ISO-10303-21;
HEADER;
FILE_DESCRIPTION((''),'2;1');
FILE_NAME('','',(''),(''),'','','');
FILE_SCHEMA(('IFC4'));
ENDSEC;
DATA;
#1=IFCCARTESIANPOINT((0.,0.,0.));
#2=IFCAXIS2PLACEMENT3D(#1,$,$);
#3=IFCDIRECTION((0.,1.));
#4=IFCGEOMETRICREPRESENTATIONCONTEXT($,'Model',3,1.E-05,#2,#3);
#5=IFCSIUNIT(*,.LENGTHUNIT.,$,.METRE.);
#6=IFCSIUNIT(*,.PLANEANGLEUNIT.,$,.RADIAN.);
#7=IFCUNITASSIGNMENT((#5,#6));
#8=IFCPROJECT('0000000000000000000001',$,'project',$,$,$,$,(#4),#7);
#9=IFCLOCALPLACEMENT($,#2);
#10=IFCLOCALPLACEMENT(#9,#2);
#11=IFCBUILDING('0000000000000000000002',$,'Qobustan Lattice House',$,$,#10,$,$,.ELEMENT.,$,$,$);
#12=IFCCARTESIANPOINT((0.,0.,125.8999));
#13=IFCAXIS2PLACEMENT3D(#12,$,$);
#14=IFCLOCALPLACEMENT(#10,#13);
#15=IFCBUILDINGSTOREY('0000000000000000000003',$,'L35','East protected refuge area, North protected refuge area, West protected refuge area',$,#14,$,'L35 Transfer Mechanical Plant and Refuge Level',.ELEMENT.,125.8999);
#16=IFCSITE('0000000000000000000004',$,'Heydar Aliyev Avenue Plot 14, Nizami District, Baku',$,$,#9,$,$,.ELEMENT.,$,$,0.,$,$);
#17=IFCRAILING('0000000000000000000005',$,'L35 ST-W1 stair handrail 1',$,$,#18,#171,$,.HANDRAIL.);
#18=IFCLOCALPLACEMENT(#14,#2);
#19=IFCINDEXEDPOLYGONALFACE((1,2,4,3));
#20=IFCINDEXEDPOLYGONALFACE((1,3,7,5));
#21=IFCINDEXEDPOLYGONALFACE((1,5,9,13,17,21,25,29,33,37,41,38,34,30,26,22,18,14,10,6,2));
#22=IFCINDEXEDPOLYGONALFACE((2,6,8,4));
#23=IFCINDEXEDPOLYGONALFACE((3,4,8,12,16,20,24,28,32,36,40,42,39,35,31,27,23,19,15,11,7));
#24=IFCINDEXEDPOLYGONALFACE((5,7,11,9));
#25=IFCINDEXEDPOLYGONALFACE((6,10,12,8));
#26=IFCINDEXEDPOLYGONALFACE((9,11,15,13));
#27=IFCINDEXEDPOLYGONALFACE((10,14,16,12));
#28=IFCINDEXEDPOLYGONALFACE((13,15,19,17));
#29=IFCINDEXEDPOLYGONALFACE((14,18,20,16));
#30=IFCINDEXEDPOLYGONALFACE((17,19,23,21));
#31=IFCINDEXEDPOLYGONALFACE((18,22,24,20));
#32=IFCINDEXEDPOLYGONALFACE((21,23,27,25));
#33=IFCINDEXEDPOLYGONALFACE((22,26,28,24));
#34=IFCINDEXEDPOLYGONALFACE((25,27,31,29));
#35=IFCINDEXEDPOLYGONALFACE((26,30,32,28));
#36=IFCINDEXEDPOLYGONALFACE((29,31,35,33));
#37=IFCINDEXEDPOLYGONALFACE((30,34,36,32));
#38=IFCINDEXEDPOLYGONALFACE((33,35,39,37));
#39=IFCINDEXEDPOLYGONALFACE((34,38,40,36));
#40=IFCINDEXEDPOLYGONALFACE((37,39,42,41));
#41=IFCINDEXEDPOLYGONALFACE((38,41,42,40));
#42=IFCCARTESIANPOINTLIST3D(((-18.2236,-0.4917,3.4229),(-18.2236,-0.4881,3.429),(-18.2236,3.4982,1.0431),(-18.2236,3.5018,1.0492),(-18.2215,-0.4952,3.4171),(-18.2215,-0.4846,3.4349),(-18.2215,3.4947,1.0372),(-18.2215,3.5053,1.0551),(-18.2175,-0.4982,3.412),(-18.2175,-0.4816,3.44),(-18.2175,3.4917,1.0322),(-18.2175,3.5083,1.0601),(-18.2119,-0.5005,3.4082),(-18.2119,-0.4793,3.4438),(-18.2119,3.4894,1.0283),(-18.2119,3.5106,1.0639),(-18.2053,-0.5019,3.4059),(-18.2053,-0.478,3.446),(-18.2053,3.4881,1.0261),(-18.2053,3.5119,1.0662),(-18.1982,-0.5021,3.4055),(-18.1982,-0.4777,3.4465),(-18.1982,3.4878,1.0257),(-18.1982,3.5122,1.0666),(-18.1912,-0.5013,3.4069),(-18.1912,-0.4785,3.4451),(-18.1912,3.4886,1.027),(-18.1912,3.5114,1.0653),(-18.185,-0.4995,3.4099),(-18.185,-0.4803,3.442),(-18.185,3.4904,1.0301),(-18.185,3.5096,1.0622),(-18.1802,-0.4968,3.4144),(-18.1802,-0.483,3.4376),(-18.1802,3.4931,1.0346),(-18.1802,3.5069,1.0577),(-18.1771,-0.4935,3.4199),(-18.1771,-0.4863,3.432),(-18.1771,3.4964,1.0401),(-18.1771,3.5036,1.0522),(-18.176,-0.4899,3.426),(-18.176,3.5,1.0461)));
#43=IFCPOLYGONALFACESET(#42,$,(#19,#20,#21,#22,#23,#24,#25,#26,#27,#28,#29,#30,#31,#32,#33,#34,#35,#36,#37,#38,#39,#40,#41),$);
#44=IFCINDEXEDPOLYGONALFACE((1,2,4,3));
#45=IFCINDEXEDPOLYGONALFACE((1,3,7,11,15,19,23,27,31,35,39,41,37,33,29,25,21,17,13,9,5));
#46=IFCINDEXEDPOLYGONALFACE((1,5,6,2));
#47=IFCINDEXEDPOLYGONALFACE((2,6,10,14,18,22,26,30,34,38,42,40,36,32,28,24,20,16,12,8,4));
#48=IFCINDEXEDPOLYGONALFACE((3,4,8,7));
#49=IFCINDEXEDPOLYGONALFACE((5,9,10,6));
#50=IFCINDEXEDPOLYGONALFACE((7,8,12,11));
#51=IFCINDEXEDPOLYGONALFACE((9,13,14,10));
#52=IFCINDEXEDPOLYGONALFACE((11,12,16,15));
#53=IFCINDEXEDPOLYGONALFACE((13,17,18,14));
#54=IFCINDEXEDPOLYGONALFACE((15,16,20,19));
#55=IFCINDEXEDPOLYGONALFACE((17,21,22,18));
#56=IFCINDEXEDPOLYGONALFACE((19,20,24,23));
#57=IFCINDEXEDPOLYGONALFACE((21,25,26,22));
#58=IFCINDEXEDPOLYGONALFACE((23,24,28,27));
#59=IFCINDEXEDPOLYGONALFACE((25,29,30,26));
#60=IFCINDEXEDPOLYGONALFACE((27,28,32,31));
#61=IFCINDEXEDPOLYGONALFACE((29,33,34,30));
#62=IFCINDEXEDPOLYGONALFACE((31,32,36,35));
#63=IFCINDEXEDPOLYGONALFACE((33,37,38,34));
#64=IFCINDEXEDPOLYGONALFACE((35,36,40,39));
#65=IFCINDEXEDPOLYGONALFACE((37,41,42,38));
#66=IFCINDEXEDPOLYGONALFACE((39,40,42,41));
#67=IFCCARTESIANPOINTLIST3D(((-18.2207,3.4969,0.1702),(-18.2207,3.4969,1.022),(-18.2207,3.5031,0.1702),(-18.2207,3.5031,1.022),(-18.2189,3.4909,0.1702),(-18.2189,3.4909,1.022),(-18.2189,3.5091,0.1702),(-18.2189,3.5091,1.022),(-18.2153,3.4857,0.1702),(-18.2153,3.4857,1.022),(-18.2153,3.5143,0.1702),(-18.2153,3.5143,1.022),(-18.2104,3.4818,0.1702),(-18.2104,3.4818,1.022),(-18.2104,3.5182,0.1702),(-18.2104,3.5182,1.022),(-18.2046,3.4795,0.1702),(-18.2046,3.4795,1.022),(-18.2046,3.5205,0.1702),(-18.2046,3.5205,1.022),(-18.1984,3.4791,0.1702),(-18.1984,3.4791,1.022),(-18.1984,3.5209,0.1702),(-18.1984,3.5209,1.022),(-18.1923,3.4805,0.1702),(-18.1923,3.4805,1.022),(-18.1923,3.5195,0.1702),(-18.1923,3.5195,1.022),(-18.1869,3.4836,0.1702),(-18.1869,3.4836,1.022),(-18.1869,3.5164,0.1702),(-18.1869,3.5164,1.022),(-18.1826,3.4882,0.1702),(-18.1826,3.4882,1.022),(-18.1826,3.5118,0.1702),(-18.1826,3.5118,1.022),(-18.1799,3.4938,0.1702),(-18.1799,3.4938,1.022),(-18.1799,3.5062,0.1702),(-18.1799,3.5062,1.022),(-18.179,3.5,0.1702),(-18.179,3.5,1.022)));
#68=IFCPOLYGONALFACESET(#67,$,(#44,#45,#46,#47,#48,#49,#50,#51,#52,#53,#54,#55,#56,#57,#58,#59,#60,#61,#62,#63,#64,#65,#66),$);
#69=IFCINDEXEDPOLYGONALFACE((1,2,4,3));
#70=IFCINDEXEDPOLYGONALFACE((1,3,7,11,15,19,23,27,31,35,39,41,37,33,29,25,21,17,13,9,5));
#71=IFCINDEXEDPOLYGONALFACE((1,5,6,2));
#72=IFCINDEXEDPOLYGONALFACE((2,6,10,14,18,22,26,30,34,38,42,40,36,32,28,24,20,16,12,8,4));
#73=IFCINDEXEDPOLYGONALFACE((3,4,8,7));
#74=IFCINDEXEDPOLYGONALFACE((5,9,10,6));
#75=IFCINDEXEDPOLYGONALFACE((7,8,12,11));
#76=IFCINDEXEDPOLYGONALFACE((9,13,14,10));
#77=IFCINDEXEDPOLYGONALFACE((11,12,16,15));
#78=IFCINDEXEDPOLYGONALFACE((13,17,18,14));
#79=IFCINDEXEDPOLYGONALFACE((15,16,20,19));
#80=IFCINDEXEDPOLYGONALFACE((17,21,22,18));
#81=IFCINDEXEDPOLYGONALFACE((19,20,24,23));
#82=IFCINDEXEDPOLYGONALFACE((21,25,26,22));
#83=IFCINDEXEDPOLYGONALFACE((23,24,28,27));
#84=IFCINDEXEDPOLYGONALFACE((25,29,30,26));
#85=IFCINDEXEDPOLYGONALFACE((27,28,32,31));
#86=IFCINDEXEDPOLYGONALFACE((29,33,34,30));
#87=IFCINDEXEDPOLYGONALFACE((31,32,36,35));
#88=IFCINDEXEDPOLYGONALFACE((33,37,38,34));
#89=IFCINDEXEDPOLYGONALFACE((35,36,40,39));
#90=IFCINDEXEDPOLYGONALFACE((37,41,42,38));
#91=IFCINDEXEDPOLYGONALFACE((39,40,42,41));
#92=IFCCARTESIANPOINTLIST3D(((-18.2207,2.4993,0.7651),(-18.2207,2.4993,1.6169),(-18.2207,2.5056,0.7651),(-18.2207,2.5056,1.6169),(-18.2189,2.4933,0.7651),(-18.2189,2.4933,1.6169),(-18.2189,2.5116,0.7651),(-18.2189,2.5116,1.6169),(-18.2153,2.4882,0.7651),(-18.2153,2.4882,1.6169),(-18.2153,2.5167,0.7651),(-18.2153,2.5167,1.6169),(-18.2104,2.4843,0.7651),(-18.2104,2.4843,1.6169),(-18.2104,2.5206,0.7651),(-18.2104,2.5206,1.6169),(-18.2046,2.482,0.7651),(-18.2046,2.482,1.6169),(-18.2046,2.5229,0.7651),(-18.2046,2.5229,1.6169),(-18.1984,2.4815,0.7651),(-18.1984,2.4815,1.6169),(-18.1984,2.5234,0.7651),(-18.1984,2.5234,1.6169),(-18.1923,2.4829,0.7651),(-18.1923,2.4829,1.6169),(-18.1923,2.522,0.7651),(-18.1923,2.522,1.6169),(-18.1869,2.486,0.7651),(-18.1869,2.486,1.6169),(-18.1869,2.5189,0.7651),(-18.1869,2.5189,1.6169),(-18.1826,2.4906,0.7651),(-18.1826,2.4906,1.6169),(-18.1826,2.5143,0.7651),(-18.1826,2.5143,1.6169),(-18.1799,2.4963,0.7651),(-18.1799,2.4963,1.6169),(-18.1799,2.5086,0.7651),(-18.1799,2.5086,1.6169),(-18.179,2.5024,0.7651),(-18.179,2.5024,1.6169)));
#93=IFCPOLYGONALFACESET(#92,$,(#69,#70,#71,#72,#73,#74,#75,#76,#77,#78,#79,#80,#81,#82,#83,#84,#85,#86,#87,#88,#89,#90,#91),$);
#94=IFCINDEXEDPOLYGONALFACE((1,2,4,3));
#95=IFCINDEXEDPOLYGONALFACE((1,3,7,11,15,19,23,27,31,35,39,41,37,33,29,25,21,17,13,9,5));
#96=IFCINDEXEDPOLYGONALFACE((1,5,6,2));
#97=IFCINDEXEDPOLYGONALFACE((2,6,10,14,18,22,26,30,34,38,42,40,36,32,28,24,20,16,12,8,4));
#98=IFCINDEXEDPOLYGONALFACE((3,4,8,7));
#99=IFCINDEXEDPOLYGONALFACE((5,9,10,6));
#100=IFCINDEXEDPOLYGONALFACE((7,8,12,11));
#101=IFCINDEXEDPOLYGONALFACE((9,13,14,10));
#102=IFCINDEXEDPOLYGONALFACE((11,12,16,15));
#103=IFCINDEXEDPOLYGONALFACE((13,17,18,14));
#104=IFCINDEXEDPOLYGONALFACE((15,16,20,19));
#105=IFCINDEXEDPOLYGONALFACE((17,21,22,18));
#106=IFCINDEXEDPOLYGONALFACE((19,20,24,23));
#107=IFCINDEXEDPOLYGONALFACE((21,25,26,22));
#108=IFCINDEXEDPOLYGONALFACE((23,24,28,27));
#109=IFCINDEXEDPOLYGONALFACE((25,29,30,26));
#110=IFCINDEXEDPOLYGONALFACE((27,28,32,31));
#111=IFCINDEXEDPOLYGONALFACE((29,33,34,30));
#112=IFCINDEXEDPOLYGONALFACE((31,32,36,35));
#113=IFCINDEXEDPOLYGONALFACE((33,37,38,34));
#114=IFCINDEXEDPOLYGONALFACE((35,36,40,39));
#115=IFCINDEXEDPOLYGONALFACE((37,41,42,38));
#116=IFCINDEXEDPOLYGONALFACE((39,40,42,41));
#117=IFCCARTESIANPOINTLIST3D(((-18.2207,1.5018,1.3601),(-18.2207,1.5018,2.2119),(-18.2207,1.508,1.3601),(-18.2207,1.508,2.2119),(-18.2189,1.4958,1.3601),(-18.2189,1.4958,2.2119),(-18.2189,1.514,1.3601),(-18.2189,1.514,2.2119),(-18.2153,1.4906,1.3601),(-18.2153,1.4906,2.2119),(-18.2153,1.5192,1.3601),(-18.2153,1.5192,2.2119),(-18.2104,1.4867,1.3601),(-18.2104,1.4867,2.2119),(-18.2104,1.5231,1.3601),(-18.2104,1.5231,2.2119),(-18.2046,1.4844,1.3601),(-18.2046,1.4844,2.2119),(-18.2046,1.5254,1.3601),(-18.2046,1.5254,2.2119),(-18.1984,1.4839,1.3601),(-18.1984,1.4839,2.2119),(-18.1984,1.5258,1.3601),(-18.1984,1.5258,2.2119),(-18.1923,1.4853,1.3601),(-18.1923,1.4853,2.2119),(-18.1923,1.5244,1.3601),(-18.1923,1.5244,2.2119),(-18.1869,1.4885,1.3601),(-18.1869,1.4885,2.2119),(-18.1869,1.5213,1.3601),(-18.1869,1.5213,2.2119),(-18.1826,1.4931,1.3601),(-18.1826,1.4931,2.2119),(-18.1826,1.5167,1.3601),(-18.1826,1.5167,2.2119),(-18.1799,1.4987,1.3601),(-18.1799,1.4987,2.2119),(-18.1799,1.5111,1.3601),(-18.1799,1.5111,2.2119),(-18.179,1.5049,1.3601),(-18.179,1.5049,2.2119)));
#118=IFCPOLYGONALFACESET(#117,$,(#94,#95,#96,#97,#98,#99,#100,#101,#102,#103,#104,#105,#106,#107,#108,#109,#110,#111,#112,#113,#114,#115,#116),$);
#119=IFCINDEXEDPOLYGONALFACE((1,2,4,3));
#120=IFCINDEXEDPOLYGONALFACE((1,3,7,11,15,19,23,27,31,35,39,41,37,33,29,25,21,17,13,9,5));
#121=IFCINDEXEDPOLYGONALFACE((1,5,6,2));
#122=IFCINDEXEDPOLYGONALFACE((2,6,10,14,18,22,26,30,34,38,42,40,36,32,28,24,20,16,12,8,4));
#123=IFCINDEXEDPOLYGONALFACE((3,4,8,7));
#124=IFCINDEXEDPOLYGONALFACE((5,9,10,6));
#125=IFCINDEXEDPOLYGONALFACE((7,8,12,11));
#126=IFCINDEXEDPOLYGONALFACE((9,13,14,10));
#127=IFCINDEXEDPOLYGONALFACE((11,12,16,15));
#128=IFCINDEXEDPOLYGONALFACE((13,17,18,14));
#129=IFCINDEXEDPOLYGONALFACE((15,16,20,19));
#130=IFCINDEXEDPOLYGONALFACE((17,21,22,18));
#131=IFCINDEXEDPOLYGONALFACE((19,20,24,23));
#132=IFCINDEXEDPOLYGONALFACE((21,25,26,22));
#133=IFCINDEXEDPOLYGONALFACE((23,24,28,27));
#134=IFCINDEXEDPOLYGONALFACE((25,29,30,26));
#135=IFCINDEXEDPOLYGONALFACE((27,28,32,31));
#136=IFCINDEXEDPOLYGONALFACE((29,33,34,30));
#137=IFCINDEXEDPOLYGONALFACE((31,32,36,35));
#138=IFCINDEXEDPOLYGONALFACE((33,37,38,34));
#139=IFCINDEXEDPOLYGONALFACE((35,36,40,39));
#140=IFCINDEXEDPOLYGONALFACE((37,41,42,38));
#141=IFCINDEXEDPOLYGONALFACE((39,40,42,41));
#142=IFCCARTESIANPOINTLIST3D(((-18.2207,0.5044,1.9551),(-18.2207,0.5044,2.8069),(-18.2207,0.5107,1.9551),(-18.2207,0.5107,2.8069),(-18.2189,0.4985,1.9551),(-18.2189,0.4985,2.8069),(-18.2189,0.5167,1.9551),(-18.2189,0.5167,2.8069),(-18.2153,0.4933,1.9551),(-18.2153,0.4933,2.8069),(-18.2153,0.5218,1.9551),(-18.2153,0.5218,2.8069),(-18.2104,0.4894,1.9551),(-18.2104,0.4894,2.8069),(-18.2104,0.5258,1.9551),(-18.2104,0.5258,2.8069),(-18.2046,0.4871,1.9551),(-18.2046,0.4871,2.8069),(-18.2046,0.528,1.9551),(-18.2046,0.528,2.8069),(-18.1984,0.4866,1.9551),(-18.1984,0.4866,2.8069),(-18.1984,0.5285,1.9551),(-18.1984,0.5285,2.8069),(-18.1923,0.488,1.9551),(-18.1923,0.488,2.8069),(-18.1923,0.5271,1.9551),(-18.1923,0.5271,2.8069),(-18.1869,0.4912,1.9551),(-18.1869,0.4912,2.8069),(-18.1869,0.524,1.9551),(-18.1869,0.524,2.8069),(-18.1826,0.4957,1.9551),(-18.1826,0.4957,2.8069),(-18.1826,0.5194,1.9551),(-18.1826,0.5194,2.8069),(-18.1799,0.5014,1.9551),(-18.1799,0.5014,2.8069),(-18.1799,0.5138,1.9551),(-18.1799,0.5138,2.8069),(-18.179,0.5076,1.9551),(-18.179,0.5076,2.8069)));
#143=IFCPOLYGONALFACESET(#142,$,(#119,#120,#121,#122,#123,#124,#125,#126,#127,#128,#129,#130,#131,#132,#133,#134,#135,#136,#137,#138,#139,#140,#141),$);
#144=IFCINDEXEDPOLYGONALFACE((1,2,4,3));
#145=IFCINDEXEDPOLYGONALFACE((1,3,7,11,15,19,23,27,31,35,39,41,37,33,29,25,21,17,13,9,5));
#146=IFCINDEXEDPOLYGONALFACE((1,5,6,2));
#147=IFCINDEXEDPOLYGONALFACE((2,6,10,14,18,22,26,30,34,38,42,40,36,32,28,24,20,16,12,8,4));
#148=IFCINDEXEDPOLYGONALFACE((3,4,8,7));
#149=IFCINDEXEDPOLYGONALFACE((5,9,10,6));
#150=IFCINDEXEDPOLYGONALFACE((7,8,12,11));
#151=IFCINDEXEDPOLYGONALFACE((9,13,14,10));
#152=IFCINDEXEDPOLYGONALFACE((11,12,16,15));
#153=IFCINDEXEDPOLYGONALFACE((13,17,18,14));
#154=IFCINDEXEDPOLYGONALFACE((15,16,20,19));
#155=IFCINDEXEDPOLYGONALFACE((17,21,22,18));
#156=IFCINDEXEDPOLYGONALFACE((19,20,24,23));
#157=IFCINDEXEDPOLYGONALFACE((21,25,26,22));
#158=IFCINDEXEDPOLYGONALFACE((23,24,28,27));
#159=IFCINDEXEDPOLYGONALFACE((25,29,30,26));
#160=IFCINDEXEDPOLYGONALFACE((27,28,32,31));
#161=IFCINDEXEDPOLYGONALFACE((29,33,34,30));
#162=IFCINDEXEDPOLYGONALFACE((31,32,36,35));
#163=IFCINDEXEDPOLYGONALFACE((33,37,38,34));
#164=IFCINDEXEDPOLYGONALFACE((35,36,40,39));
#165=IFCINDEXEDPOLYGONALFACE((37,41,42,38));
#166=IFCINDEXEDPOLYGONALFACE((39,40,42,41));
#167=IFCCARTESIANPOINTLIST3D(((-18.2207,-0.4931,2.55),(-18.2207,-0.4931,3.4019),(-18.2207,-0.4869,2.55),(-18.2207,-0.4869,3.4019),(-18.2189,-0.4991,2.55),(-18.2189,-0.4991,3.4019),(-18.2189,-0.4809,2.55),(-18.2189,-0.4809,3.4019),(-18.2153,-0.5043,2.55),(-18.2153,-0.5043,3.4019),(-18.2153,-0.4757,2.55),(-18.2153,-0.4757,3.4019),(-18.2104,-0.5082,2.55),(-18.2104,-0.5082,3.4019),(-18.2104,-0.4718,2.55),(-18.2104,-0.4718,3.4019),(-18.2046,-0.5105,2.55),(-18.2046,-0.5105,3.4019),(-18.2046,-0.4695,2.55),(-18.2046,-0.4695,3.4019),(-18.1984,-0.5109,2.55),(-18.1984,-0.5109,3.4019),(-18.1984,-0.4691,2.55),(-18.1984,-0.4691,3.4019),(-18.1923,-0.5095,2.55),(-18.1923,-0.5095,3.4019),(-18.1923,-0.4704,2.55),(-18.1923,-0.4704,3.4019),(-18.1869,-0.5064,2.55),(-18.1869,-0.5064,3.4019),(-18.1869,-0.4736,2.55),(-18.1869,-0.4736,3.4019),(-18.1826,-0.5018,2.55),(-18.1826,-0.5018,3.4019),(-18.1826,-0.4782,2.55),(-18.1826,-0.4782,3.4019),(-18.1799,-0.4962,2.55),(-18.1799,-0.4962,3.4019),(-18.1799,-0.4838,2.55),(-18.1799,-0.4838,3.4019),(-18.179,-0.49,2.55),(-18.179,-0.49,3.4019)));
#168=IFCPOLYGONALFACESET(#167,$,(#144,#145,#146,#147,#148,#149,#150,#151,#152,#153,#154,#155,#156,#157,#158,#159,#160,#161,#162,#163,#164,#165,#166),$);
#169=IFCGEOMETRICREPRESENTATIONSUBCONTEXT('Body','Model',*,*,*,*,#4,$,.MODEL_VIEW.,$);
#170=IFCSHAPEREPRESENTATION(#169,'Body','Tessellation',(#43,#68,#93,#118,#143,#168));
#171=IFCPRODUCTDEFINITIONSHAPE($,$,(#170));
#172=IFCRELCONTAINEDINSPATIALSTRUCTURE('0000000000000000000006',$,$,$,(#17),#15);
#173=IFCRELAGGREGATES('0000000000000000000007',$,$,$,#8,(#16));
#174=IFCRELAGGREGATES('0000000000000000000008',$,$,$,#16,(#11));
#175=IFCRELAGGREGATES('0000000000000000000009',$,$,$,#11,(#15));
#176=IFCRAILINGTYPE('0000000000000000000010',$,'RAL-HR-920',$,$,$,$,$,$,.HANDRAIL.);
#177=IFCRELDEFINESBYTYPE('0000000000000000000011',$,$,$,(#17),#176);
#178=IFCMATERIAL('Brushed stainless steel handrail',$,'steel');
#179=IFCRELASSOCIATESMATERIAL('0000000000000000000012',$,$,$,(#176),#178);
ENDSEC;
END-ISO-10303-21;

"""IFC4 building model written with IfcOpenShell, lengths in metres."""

from ifc_helpers import new_model, si_unit, direction, frame, origin, origin_2d, place, context, subcontext, project, spatial, circle, extrude, material, type_object, element, save


model = new_model("IFC4")

# Units and contexts
model_context = context("Model", 3, precision=1e-05, world=origin(), true_north=direction((0.0, 1.0)))
body_context = subcontext(model_context, "Body", "Model", "MODEL_VIEW")
ifc_project = project(units=[si_unit("LENGTHUNIT", "METRE"), si_unit("PLANEANGLEUNIT", "RADIAN")], contexts=[model_context])

# Site, building, storey
site_placement = place(None, origin())
site = spatial("IfcSite", under=ifc_project, at=site_placement, Name="Heydar Aliyev Avenue Plot 14, Nizami District, Baku", CompositionType="ELEMENT", RefElevation=0.0)
building_placement = place(site_placement, origin())
building = spatial("IfcBuilding", under=site, at=building_placement, Name="Qobustan Lattice House", CompositionType="ELEMENT")
storey_placement = place(building_placement, frame((0.0, 0.0, 125.8999)))
storey = spatial("IfcBuildingStorey", under=building, at=storey_placement, Name="L35", Description="East protected refuge area, North protected refuge area, West protected refuge area", LongName="L35 Transfer Mechanical Plant and Refuge Level", CompositionType="ELEMENT", Elevation=125.8999)

# Railing
ifc_material_1 = material(Name="Brushed stainless steel handrail", Category="steel")
railing_type_1 = type_object("IfcRailingType", Name="RAL-HR-920", PredefinedType="HANDRAIL", material=ifc_material_1)
railing_1_placement = place(storey_placement, frame((-18.2, 3.5, 0.1702)))
element("IfcRailing", 1, at=railing_1_placement, inside=storey, type_object=railing_type_1, Name="L35 ST-W1 stair handrail 1", PredefinedType="HANDRAIL", context=body_context, shape_type="SweptSolid", body=[
    extrude(circle(Radius=0.0239, at=origin_2d()), frame((0.0, 0.0, 0.876), z_axis=(0.0, -0.85883, 0.512261), x_axis=(1.0, 0.0, 0.0)), (0.0, 0.0, 1.0), 4.6458),
    extrude(circle(Radius=0.021, at=origin_2d()), origin(), (0.0, 0.0, 1.0), 0.8518),
    extrude(circle(Radius=0.021, at=origin_2d()), frame((0.0, -0.9976, 0.595)), (0.0, 0.0, 1.0), 0.8518),
    extrude(circle(Radius=0.021, at=origin_2d()), frame((0.0, -1.9951, 1.1899)), (0.0, 0.0, 1.0), 0.8518),
    extrude(circle(Radius=0.021, at=origin_2d()), frame((0.0, -2.9924, 1.7849)), (0.0, 0.0, 1.0), 0.8518),
    extrude(circle(Radius=0.021, at=origin_2d()), frame((0.0, -3.99, 2.3799)), (0.0, 0.0, 1.0), 0.8518),
])

save(model, "model.ifc")
